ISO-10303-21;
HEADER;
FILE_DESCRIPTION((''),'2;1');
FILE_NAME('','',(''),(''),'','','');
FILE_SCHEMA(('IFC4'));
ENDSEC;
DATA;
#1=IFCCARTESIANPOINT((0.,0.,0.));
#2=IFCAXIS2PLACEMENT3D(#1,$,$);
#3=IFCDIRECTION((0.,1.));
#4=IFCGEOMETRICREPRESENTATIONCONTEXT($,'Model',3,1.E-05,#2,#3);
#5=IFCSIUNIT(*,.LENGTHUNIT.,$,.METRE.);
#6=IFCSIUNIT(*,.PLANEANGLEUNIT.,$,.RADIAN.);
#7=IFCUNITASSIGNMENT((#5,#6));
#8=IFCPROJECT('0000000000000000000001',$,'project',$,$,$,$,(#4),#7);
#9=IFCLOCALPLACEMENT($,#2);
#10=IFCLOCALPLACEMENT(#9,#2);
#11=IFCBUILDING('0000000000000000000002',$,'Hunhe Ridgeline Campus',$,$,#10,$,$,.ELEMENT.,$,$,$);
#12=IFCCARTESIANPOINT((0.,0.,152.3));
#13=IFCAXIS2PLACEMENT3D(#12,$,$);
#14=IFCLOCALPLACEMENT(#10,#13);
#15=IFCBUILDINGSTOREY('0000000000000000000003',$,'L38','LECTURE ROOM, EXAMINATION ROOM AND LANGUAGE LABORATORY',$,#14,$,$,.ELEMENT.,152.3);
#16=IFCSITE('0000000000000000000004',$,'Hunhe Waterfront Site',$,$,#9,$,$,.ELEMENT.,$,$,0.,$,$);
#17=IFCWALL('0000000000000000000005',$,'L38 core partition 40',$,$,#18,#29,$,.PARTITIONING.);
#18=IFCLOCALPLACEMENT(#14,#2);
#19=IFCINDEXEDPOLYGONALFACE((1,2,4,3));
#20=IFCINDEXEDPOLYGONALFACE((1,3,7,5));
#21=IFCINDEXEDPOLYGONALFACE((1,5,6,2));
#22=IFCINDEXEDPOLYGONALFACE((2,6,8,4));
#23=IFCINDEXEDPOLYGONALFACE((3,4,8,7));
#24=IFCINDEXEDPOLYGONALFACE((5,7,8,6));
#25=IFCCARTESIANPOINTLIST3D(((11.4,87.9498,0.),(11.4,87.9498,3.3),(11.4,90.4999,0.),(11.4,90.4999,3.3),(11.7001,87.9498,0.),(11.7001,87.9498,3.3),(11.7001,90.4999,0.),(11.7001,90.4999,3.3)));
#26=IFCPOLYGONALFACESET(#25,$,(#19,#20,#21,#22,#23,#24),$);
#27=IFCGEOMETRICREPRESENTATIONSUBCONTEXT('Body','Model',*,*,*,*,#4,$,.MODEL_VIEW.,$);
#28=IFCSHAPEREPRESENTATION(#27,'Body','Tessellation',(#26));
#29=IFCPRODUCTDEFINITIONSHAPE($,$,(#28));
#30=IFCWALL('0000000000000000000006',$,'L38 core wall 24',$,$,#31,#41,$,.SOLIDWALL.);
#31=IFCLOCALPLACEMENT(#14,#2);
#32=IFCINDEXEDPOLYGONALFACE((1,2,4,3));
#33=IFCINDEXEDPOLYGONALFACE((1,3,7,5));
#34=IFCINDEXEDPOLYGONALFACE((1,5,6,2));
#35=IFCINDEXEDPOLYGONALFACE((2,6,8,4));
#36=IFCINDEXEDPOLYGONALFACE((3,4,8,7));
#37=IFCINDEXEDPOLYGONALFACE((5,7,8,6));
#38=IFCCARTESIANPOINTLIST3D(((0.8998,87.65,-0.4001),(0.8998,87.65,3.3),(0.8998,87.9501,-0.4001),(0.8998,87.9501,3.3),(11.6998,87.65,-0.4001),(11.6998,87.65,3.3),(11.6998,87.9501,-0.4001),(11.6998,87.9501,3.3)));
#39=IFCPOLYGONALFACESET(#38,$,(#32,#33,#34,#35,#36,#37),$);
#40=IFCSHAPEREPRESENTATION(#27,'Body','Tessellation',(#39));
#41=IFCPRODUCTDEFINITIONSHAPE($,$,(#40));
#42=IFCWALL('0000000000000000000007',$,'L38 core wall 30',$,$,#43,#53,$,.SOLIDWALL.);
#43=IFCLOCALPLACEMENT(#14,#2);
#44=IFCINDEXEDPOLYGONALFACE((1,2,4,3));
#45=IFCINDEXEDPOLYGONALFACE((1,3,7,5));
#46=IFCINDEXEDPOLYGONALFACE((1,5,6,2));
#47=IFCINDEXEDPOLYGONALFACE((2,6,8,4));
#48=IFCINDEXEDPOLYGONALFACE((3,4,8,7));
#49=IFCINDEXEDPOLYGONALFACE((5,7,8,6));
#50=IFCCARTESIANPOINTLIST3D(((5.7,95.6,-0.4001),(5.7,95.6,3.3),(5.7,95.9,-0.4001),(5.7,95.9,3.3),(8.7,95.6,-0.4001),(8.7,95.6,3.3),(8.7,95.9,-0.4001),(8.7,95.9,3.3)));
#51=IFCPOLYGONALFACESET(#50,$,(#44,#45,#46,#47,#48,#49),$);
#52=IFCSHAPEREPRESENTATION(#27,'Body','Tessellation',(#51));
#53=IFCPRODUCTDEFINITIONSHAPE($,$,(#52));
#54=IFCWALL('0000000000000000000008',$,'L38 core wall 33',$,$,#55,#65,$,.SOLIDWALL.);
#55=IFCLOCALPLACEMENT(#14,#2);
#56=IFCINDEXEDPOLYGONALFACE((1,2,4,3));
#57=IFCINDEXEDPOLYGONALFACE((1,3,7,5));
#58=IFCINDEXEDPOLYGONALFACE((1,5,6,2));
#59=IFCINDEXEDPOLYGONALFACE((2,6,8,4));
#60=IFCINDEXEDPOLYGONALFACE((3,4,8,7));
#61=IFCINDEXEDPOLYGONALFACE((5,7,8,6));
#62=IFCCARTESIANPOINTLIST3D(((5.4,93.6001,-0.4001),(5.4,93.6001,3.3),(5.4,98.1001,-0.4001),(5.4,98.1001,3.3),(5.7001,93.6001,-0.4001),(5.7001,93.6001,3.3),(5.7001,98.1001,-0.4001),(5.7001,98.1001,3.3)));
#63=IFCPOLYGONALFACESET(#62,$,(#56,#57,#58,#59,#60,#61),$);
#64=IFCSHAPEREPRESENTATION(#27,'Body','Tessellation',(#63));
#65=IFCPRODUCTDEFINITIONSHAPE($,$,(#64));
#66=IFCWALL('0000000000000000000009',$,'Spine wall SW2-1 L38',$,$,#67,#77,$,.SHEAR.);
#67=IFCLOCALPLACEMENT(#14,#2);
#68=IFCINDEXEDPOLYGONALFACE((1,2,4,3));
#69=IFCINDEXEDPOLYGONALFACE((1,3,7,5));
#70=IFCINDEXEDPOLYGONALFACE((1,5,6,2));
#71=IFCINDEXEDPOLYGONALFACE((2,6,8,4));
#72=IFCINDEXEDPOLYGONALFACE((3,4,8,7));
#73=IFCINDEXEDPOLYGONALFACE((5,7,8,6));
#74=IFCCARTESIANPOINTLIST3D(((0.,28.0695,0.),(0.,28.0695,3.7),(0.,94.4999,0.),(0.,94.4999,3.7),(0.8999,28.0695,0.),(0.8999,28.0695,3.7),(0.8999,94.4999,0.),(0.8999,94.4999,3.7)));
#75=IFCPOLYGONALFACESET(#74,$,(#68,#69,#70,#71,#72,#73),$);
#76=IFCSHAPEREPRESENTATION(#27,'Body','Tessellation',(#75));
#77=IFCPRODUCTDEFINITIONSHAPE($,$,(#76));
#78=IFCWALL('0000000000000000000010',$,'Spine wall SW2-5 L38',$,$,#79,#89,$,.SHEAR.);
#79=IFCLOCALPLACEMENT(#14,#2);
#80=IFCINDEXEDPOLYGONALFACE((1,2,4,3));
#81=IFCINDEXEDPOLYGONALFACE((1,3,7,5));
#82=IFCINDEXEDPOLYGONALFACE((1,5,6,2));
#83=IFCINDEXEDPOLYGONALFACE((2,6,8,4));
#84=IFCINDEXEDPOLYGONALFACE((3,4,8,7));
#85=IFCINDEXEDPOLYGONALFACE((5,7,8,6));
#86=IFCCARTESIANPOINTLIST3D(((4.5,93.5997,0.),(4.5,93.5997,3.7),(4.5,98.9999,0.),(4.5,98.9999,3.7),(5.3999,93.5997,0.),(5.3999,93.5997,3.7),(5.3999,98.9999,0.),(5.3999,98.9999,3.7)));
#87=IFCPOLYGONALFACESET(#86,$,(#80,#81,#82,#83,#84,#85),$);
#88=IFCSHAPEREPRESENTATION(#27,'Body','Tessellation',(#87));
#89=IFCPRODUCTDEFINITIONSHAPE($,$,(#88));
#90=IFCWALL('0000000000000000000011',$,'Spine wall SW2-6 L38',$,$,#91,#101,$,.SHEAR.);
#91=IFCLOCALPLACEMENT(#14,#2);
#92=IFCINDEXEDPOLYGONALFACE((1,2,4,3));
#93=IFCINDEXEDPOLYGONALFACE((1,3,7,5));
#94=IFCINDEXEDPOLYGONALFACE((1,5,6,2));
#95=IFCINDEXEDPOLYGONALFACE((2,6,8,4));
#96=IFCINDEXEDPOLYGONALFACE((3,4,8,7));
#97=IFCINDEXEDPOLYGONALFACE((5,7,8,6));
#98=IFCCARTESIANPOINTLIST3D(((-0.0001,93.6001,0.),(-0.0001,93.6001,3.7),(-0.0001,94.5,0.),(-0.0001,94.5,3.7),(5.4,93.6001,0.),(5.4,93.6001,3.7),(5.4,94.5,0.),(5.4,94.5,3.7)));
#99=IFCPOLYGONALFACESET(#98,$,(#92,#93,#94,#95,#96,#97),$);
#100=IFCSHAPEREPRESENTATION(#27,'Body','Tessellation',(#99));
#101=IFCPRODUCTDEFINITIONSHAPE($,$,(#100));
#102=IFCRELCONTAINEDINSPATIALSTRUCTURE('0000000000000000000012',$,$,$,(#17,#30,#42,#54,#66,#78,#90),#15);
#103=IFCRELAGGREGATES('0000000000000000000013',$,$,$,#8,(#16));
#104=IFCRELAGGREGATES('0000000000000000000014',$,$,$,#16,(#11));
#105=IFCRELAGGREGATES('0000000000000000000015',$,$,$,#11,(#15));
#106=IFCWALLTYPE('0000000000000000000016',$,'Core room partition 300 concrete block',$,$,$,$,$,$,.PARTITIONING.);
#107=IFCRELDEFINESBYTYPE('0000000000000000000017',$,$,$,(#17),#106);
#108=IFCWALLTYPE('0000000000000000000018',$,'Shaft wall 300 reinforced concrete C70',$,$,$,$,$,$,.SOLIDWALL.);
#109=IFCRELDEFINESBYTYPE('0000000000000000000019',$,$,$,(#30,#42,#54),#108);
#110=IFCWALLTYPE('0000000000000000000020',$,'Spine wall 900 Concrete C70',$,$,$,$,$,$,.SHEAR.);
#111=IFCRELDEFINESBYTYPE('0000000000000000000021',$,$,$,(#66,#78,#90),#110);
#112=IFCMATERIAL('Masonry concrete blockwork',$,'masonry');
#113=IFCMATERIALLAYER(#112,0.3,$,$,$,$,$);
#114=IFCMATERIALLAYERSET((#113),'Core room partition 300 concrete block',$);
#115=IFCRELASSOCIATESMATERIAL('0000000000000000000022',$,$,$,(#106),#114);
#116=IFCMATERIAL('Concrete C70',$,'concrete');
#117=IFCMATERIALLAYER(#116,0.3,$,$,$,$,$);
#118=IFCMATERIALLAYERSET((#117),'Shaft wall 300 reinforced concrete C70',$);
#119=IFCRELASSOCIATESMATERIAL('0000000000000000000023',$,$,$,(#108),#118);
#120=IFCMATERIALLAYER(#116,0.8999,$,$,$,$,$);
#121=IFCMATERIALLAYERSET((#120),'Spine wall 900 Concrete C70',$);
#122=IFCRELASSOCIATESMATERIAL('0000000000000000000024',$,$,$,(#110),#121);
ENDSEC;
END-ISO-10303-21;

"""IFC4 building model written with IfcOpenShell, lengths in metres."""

from ifc_helpers import new_model, si_unit, direction, frame, frame_2d, origin, place, context, subcontext, project, spatial, rectangle, extrude, material, layer, layer_set, type_object, element, save


model = new_model("IFC4")

# Units and contexts
model_context = context("Model", 3, precision=1e-05, world=origin(), true_north=direction((0.0, 1.0)))
body_context = subcontext(model_context, "Body", "Model", "MODEL_VIEW")
ifc_project = project(units=[si_unit("LENGTHUNIT", "METRE"), si_unit("PLANEANGLEUNIT", "RADIAN")], contexts=[model_context])

# Site, building, storey
site_placement = place(None, origin())
site = spatial("IfcSite", under=ifc_project, at=site_placement, Name="Hunhe Waterfront Site", CompositionType="ELEMENT", RefElevation=0.0)
building_placement = place(site_placement, origin())
building = spatial("IfcBuilding", under=site, at=building_placement, Name="Hunhe Ridgeline Campus", CompositionType="ELEMENT")
storey_placement = place(building_placement, frame((0.0, 0.0, 152.3)))
storey = spatial("IfcBuildingStorey", under=building, at=storey_placement, Name="L38", Description="LECTURE ROOM, EXAMINATION ROOM AND LANGUAGE LABORATORY", CompositionType="ELEMENT", Elevation=152.3)

# Wall
ifc_material_1 = material(Name="Masonry concrete blockwork", Category="masonry")
ifc_layer_1 = layer(ifc_material_1, 0.3)
ifc_layer_set_1 = layer_set([ifc_layer_1], Name="Core room partition 300 concrete block")
wall_type_1 = type_object("IfcWallType", Name="Core room partition 300 concrete block", PredefinedType="PARTITIONING", material=ifc_layer_set_1)
wall_1_placement = place(storey_placement, frame((11.55, 87.95, 0.0), z_axis=(0.0, 0.0, 1.0), x_axis=(0.0, 1.0, 0.0)))
element("IfcWall", 1, at=wall_1_placement, inside=storey, type_object=wall_type_1, Name="L38 core partition 40", PredefinedType="PARTITIONING", context=body_context, shape_type="SweptSolid", body=[
    extrude(rectangle(XDim=2.55, YDim=0.3, at=frame_2d((1.2749, 0.0))), origin(), (0.0, 0.0, 1.0), 3.3),
])

# Shared definitions
ifc_material_2 = material(Name="Concrete C70", Category="concrete")

# Wall
ifc_layer_2 = layer(ifc_material_2, 0.3)
ifc_layer_set_2 = layer_set([ifc_layer_2], Name="Shaft wall 300 reinforced concrete C70")
wall_type_2 = type_object("IfcWallType", Name="Shaft wall 300 reinforced concrete C70", PredefinedType="SOLIDWALL", material=ifc_layer_set_2)
wall_2_placement = place(storey_placement, frame((0.8999, 87.8, -0.4001), z_axis=(0.0, 0.0, 1.0), x_axis=(1.0, 0.0, 0.0)))
element("IfcWall", 2, at=wall_2_placement, inside=storey, type_object=wall_type_2, Name="L38 core wall 24", PredefinedType="SOLIDWALL", context=body_context, shape_type="SweptSolid", body=[
    extrude(rectangle(XDim=10.8, YDim=0.3, at=frame_2d((5.3999, 0.0))), origin(), (0.0, 0.0, 1.0), 3.7002),
])

# Walls
wall_3_placement = place(storey_placement, frame((5.7, 95.75, -0.4001), z_axis=(0.0, 0.0, 1.0), x_axis=(1.0, 0.0, 0.0)))
element("IfcWall", 3, at=wall_3_placement, inside=storey, type_object=wall_type_2, Name="L38 core wall 30", PredefinedType="SOLIDWALL", context=body_context, shape_type="SweptSolid", body=[
    extrude(rectangle(XDim=3.0, YDim=0.3, at=frame_2d((1.5, 0.0))), origin(), (0.0, 0.0, 1.0), 3.7002),
])
wall_4_placement = place(storey_placement, frame((5.55, 93.6001, -0.4001), z_axis=(0.0, 0.0, 1.0), x_axis=(0.0, 1.0, 0.0)))
element("IfcWall", 4, at=wall_4_placement, inside=storey, type_object=wall_type_2, Name="L38 core wall 33", PredefinedType="SOLIDWALL", context=body_context, shape_type="SweptSolid", body=[
    extrude(rectangle(XDim=4.5, YDim=0.3, at=frame_2d((2.25, 0.0))), origin(), (0.0, 0.0, 1.0), 3.7002),
])

# Walls
ifc_layer_3 = layer(ifc_material_2, 0.8999)
ifc_layer_set_3 = layer_set([ifc_layer_3], Name="Spine wall 900 Concrete C70")
wall_type_3 = type_object("IfcWallType", Name="Spine wall 900 Concrete C70", PredefinedType="SHEAR", material=ifc_layer_set_3)
wall_5_placement = place(storey_placement, frame((0.45, 94.5, 0.0), z_axis=(0.0, 0.0, 1.0), x_axis=(0.0, -1.0, 0.0)))
element("IfcWall", 5, at=wall_5_placement, inside=storey, type_object=wall_type_3, Name="Spine wall SW2-1 L38", PredefinedType="SHEAR", context=body_context, shape_type="SweptSolid", body=[
    extrude(rectangle(XDim=66.4304, YDim=0.8999, at=frame_2d((33.2153, 0.0))), origin(), (0.0, 0.0, 1.0), 3.7),
])
for number, where, z_axis, x_axis, name in (
    (6, (4.95, 99.0, 0.0), (0.0, 0.0, 1.0), (0.0, -1.0, 0.0), "Spine wall SW2-5 L38"),
    (7, (5.4001, 94.05, 0.0), (0.0, 0.0, 1.0), (-1.0, 0.0, 0.0), "Spine wall SW2-6 L38"),
):
    element("IfcWall", number, at=place(storey_placement, frame(where, z_axis=z_axis, x_axis=x_axis)), inside=storey, type_object=wall_type_3, Name=name, PredefinedType="SHEAR", context=body_context, shape_type="SweptSolid", body=[
        extrude(rectangle(XDim=5.4001, YDim=0.8999, at=frame_2d((2.7002, 0.0))), origin(), (0.0, 0.0, 1.0), 3.7),
    ])

save(model, "model.ifc")
